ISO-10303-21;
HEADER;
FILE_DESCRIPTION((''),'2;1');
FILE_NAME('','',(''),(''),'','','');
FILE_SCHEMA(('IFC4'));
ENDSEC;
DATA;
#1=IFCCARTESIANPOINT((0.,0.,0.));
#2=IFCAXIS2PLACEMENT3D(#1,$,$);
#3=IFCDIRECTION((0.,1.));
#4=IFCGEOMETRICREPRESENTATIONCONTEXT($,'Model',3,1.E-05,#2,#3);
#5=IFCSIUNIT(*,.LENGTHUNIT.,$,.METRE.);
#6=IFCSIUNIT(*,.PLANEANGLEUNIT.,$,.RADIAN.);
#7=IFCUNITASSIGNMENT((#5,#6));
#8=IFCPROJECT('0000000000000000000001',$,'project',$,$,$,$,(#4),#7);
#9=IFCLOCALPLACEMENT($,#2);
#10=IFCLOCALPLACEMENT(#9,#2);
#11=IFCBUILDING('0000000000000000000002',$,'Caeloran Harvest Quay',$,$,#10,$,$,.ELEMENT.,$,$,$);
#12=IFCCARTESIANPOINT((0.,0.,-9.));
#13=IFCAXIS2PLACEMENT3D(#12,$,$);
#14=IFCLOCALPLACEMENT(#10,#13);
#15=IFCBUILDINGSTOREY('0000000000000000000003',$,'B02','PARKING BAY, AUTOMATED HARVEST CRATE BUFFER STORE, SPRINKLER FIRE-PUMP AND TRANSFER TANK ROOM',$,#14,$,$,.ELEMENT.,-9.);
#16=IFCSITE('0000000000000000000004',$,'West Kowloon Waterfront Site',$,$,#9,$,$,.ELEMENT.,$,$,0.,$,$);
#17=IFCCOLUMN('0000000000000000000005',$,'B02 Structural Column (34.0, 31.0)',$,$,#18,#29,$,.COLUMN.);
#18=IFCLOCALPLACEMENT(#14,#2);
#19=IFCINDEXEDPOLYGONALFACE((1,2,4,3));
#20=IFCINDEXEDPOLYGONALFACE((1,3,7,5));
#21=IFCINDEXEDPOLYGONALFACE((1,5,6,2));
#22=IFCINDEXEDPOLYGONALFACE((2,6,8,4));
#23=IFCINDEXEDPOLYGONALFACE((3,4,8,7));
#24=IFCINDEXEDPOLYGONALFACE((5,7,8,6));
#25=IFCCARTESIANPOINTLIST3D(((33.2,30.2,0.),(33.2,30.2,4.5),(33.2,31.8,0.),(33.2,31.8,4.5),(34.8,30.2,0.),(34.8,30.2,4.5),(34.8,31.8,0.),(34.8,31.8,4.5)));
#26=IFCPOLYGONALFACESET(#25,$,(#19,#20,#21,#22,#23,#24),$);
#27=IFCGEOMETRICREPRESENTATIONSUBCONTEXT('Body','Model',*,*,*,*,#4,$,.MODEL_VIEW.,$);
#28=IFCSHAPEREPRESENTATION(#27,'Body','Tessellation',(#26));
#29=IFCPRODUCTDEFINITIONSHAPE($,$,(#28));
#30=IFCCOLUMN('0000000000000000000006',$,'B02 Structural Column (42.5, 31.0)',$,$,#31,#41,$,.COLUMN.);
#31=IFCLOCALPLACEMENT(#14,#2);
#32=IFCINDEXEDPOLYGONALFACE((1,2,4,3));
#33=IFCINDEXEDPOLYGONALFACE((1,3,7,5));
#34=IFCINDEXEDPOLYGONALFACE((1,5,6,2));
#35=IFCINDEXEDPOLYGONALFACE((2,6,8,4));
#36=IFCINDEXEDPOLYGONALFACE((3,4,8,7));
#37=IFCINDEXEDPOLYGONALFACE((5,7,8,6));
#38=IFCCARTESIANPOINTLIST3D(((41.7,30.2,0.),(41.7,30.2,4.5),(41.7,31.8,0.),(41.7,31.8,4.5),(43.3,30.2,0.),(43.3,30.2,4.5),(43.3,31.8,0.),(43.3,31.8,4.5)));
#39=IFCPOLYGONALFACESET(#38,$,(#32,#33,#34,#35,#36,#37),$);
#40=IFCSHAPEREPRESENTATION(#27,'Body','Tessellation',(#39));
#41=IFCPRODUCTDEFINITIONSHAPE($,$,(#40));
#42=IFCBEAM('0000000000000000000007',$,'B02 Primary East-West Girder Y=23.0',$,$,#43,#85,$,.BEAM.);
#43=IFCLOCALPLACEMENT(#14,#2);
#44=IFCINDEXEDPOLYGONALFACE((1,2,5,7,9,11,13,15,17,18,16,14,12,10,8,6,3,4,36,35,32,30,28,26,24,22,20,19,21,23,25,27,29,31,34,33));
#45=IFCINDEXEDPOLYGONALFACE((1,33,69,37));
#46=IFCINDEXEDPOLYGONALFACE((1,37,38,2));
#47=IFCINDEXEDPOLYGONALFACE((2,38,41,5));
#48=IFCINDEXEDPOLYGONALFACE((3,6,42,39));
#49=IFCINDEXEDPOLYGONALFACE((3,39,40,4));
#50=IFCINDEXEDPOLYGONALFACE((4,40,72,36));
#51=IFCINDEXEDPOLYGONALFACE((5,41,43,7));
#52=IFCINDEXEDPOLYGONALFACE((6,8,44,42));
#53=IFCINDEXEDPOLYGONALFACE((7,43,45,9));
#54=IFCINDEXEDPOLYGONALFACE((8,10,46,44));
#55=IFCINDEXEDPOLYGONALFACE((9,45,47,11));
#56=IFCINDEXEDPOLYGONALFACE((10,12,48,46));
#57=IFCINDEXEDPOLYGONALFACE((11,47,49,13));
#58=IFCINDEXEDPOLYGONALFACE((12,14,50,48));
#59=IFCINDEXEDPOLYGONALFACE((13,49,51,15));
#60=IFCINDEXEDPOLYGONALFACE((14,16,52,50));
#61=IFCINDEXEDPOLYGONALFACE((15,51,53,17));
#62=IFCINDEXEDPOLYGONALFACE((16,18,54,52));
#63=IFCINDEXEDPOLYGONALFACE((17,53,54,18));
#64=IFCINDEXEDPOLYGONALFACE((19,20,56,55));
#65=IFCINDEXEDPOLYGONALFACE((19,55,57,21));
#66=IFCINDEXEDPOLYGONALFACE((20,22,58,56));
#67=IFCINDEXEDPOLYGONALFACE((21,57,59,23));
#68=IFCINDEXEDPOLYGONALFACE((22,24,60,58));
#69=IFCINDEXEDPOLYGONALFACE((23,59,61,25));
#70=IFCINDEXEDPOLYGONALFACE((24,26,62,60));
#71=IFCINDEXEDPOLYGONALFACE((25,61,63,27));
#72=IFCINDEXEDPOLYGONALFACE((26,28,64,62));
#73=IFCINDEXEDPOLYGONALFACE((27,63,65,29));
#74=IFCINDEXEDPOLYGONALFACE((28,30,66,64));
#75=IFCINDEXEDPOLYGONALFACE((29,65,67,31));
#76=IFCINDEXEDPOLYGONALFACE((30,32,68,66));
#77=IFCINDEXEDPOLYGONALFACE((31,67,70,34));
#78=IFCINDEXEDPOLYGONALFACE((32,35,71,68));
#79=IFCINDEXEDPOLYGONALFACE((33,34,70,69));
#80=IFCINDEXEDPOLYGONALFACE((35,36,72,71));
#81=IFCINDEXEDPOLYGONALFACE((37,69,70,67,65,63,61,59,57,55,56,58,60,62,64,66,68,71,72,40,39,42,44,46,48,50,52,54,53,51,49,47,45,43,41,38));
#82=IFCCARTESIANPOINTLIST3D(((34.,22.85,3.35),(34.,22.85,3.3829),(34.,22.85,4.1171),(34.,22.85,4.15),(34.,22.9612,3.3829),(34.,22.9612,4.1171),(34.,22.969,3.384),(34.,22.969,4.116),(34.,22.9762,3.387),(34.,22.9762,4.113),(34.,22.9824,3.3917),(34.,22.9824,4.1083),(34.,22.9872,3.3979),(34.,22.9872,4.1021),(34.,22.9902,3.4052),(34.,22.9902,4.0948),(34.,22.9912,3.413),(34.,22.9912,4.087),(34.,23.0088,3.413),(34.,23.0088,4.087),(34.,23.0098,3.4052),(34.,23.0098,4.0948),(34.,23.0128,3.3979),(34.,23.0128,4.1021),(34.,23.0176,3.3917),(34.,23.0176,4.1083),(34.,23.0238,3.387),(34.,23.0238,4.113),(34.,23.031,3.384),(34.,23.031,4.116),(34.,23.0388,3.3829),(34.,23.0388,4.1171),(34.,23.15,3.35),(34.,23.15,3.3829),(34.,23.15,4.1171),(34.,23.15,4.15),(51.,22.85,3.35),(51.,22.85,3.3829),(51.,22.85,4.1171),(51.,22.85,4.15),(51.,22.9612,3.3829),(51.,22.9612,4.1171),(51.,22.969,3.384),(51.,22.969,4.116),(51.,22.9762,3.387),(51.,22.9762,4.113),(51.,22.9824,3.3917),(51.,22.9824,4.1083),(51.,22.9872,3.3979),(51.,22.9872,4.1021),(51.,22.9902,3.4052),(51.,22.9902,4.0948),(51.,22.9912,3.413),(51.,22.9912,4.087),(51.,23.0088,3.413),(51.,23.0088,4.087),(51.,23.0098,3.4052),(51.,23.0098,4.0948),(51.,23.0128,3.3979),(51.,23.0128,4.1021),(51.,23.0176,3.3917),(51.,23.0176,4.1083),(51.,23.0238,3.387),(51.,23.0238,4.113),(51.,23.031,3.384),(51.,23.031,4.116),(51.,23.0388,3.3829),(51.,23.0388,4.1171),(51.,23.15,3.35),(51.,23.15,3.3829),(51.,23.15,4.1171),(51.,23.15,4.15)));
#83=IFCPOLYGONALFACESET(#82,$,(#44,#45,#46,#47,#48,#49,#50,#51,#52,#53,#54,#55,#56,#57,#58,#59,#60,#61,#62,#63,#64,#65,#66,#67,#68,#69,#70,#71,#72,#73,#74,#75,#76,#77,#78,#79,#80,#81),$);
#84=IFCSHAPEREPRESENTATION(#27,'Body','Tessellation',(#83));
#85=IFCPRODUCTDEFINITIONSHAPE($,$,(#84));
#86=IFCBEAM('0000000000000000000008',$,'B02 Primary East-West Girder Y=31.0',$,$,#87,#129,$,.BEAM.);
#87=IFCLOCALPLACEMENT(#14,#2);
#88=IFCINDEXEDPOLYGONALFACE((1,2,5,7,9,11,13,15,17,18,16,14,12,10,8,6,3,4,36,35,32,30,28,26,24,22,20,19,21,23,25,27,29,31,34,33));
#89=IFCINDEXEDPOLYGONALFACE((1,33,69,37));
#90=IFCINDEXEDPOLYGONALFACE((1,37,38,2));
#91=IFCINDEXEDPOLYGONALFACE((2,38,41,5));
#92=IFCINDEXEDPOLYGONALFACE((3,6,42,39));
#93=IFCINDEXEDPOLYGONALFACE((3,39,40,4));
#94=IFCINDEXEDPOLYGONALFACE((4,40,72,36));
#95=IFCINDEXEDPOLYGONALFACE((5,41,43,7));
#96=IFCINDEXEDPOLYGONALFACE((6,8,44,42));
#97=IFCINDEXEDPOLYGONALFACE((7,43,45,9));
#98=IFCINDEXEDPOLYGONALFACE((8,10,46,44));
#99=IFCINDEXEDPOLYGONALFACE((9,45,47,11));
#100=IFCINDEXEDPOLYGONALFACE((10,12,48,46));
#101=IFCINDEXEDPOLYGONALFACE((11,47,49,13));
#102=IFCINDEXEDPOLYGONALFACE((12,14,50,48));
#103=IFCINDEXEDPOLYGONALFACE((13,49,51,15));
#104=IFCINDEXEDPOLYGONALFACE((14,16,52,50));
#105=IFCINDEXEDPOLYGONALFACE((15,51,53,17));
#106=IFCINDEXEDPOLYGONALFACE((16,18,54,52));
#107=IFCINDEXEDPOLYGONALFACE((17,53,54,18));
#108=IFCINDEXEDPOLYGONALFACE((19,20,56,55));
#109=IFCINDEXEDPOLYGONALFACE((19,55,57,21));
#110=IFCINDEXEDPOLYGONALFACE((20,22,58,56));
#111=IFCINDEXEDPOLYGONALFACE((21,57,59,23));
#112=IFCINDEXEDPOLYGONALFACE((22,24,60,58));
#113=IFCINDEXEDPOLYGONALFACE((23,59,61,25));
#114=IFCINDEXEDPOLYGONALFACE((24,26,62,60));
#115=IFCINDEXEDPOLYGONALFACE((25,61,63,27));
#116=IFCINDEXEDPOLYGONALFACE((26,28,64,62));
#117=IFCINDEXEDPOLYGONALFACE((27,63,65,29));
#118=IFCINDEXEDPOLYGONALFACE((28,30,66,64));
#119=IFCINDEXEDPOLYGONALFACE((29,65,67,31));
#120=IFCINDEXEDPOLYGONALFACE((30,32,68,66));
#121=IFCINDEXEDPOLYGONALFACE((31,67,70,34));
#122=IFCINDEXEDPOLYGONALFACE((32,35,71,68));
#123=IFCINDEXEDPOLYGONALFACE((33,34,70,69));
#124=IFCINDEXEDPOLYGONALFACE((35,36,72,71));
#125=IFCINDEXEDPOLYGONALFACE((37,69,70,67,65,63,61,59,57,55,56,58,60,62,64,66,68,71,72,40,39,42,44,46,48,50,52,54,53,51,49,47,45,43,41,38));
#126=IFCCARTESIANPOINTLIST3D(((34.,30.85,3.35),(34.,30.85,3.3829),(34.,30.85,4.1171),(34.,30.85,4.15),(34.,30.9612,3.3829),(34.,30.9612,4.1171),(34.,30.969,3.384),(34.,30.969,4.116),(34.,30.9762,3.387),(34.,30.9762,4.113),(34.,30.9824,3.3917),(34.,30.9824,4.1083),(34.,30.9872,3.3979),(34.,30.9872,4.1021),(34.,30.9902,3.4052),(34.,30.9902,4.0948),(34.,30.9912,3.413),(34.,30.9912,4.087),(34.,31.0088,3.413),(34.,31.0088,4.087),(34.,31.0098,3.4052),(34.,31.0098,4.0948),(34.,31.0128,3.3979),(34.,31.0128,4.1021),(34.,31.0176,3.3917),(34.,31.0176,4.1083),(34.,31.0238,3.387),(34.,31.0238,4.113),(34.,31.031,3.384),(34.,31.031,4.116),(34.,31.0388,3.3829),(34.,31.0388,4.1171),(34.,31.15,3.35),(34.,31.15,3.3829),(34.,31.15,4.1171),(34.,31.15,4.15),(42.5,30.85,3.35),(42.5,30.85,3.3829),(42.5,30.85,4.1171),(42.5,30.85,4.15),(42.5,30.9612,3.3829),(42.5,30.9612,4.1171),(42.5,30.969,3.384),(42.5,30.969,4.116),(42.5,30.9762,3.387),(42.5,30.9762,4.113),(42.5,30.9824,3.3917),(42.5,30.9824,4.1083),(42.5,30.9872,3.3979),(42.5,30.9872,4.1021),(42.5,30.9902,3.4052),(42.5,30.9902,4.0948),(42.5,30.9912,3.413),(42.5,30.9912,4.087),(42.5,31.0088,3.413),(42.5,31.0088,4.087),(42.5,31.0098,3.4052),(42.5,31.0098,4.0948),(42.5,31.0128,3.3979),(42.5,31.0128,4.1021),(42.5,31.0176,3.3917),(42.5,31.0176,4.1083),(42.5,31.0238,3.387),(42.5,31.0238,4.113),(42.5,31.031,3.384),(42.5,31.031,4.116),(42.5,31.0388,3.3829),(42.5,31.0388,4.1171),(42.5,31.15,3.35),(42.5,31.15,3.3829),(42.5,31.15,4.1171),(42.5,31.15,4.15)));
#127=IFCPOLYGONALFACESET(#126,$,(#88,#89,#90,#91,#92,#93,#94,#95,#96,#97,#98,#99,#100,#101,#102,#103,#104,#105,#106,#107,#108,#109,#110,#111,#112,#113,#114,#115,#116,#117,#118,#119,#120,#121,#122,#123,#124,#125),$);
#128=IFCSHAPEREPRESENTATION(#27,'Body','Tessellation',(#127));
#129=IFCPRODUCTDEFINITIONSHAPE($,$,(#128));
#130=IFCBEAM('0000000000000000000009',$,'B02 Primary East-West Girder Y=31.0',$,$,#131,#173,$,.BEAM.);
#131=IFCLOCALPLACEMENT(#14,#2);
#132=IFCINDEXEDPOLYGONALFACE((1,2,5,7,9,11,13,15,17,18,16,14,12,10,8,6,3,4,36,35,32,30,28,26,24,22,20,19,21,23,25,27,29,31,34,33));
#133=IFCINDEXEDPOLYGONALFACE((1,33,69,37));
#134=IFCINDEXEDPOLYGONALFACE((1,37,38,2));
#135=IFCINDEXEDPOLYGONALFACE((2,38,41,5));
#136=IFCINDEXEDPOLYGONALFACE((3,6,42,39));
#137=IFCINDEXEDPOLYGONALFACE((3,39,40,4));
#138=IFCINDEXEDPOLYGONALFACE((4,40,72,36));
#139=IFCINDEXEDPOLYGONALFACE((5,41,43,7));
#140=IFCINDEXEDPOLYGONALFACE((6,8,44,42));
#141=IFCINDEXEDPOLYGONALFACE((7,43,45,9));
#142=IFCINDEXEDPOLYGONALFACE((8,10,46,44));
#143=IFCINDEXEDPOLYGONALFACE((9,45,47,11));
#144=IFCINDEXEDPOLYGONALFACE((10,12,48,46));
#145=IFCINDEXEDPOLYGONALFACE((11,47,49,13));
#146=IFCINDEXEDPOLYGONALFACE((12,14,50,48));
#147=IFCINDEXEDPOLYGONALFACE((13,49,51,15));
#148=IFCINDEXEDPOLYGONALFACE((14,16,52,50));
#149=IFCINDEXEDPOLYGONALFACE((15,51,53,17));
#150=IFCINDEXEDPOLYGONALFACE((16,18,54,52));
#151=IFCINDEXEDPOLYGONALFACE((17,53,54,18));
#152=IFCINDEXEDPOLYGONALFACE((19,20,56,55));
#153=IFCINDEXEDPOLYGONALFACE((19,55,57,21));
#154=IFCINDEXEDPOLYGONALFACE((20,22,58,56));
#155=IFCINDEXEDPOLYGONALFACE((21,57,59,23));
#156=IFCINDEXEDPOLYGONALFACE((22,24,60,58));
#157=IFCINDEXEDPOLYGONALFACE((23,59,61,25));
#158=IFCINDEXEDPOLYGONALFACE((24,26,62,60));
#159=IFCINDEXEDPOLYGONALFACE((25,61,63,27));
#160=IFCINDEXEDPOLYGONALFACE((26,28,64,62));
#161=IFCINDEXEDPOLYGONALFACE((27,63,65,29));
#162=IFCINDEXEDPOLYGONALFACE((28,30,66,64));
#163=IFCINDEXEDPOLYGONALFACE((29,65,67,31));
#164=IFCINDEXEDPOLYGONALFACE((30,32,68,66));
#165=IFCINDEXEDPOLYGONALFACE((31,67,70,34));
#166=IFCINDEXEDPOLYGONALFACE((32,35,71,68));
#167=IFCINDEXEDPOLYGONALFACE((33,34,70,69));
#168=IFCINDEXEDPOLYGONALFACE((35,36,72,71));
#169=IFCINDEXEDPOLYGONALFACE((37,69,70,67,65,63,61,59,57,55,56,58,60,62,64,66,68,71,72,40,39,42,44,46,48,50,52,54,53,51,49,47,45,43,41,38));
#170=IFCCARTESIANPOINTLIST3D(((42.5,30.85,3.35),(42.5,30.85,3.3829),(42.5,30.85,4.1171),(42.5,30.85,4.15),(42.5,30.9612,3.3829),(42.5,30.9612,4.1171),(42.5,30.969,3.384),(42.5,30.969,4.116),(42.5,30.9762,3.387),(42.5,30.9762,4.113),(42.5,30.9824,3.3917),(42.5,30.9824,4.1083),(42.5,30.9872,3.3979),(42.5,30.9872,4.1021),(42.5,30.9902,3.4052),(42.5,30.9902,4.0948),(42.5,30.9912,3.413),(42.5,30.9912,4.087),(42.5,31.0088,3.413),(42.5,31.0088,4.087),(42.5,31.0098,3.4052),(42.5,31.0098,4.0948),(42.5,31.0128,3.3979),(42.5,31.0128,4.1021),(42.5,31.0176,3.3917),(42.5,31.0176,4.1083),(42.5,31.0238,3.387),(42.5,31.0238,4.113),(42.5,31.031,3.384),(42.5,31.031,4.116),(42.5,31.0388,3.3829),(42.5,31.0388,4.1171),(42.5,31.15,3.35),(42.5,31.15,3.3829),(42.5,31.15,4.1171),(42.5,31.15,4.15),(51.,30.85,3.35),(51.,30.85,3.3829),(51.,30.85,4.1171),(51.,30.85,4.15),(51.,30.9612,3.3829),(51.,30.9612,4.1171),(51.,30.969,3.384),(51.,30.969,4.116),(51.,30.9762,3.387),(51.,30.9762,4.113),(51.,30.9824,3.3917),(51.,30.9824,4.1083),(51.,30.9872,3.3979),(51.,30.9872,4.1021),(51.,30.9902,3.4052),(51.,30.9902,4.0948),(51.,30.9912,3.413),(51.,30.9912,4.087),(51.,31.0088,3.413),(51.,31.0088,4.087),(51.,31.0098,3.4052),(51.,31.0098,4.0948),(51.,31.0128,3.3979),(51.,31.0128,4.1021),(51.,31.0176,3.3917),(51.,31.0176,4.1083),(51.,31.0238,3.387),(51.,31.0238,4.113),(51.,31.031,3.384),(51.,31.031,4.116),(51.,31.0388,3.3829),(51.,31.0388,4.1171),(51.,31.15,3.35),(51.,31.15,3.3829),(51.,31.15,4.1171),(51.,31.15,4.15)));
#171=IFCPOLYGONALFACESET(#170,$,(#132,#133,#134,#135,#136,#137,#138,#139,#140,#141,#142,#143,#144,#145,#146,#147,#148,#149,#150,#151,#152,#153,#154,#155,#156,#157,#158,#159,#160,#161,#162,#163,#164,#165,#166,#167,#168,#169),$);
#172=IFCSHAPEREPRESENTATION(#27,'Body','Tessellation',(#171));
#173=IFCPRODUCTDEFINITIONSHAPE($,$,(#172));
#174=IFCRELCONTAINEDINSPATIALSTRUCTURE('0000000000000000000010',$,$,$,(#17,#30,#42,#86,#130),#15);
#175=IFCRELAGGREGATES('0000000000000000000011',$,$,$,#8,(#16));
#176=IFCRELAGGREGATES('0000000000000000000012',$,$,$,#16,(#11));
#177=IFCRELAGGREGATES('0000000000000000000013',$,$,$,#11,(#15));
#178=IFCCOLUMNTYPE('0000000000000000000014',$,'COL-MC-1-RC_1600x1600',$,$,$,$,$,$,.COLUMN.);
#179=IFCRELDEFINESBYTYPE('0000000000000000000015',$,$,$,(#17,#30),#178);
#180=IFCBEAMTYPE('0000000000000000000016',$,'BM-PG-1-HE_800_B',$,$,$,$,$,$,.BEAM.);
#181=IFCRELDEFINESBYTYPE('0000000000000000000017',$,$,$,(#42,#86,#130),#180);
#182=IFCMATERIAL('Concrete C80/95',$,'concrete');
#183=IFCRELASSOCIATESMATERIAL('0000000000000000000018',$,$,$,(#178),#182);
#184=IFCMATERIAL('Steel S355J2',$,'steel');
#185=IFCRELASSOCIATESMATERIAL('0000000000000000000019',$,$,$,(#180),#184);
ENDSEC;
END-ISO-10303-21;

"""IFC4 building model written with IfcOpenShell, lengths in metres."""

from ifc_helpers import new_model, si_unit, direction, frame, origin, origin_2d, place, context, subcontext, project, spatial, rectangle, i_section, extrude, material, material_profile, profile_set, type_object, element, save


model = new_model("IFC4")

# Units and contexts
model_context = context("Model", 3, precision=1e-05, world=origin(), true_north=direction((0.0, 1.0)))
body_context = subcontext(model_context, "Body", "Model", "MODEL_VIEW")
ifc_project = project(units=[si_unit("LENGTHUNIT", "METRE"), si_unit("PLANEANGLEUNIT", "RADIAN")], contexts=[model_context])

# Site, building, storey
site_placement = place(None, origin())
site = spatial("IfcSite", under=ifc_project, at=site_placement, Name="West Kowloon Waterfront Site", CompositionType="ELEMENT", RefElevation=0.0)
building_placement = place(site_placement, origin())
building = spatial("IfcBuilding", under=site, at=building_placement, Name="Caeloran Harvest Quay", CompositionType="ELEMENT")
storey_placement = place(building_placement, frame((0.0, 0.0, -9.0)))
storey = spatial("IfcBuildingStorey", under=building, at=storey_placement, Name="B02", Description="PARKING BAY, AUTOMATED HARVEST CRATE BUFFER STORE, SPRINKLER FIRE-PUMP AND TRANSFER TANK ROOM", CompositionType="ELEMENT", Elevation=-9.0)

# Columns
ifc_material_1 = material(Name="Concrete C80/95", Category="concrete")
ifc_material_profile_1 = material_profile(ifc_material_1, rectangle(XDim=1.6001, YDim=1.6001, at=origin_2d()), Name="RC 1600x1600")
ifc_profile_set_1 = profile_set([ifc_material_profile_1], Name="Concrete C80/95")
column_type = type_object("IfcColumnType", Name="COL-MC-1-RC_1600x1600", PredefinedType="COLUMN", material=ifc_profile_set_1)
for number, where, z_axis, x_axis, name in (
    (1, (34.0, 31.0, 0.0), (0.0, 0.0, 1.0), (1.0, 0.0, 0.0), "B02 Structural Column (34.0, 31.0)"),
    (2, (42.5, 31.0, 0.0), (0.0, 0.0, 1.0), (1.0, 0.0, 0.0), "B02 Structural Column (42.5, 31.0)"),
):
    element("IfcColumn", number, at=place(storey_placement, frame(where, z_axis=z_axis, x_axis=x_axis)), inside=storey, type_object=column_type, Name=name, PredefinedType="COLUMN", context=body_context, shape_type="SweptSolid", body=[
        extrude(rectangle(XDim=1.6001, YDim=1.6001, at=origin_2d()), origin(), (0.0, 0.0, 1.0), 4.5),
    ])

# Beams
ifc_material_2 = material(Name="Steel S355J2", Category="steel")
ifc_material_profile_2 = material_profile(ifc_material_2, i_section(OverallWidth=0.3, OverallDepth=0.8, WebThickness=0.0176, FlangeThickness=0.033, FilletRadius=0.03, at=origin_2d()), Name="HE 800 B")
ifc_profile_set_2 = profile_set([ifc_material_profile_2], Name="Steel S355J2")
beam_type_1 = type_object("IfcBeamType", Name="BM-PG-1-HE_800_B", PredefinedType="BEAM", material=ifc_profile_set_2)
beam_1_placement = place(storey_placement, frame((34.0, 23.0, 3.75), z_axis=(1.0, 0.0, 0.0), x_axis=(0.0, 1.0, 0.0)))
element("IfcBeam", 3, at=beam_1_placement, inside=storey, type_object=beam_type_1, Name="B02 Primary East-West Girder Y=23.0", PredefinedType="BEAM", context=body_context, shape_type="SweptSolid", body=[
    extrude(i_section(OverallWidth=0.3, OverallDepth=0.8, WebThickness=0.0176, FlangeThickness=0.033, FilletRadius=0.03, at=origin_2d()), origin(), (0.0, 0.0, 1.0), 17.0),
])
for number, where, z_axis, x_axis, name in (
    (4, (34.0, 31.0, 3.75), (1.0, 0.0, 0.0), (0.0, 1.0, 0.0), "B02 Primary East-West Girder Y=31.0"),
    (5, (42.5, 31.0, 3.75), (1.0, 0.0, 0.0), (0.0, 1.0, 0.0), "B02 Primary East-West Girder Y=31.0"),
):
    element("IfcBeam", number, at=place(storey_placement, frame(where, z_axis=z_axis, x_axis=x_axis)), inside=storey, type_object=beam_type_1, Name=name, PredefinedType="BEAM", context=body_context, shape_type="SweptSolid", body=[
        extrude(i_section(OverallWidth=0.3, OverallDepth=0.8, WebThickness=0.0176, FlangeThickness=0.033, FilletRadius=0.03, at=origin_2d()), origin(), (0.0, 0.0, 1.0), 8.5),
    ])

save(model, "model.ifc")
